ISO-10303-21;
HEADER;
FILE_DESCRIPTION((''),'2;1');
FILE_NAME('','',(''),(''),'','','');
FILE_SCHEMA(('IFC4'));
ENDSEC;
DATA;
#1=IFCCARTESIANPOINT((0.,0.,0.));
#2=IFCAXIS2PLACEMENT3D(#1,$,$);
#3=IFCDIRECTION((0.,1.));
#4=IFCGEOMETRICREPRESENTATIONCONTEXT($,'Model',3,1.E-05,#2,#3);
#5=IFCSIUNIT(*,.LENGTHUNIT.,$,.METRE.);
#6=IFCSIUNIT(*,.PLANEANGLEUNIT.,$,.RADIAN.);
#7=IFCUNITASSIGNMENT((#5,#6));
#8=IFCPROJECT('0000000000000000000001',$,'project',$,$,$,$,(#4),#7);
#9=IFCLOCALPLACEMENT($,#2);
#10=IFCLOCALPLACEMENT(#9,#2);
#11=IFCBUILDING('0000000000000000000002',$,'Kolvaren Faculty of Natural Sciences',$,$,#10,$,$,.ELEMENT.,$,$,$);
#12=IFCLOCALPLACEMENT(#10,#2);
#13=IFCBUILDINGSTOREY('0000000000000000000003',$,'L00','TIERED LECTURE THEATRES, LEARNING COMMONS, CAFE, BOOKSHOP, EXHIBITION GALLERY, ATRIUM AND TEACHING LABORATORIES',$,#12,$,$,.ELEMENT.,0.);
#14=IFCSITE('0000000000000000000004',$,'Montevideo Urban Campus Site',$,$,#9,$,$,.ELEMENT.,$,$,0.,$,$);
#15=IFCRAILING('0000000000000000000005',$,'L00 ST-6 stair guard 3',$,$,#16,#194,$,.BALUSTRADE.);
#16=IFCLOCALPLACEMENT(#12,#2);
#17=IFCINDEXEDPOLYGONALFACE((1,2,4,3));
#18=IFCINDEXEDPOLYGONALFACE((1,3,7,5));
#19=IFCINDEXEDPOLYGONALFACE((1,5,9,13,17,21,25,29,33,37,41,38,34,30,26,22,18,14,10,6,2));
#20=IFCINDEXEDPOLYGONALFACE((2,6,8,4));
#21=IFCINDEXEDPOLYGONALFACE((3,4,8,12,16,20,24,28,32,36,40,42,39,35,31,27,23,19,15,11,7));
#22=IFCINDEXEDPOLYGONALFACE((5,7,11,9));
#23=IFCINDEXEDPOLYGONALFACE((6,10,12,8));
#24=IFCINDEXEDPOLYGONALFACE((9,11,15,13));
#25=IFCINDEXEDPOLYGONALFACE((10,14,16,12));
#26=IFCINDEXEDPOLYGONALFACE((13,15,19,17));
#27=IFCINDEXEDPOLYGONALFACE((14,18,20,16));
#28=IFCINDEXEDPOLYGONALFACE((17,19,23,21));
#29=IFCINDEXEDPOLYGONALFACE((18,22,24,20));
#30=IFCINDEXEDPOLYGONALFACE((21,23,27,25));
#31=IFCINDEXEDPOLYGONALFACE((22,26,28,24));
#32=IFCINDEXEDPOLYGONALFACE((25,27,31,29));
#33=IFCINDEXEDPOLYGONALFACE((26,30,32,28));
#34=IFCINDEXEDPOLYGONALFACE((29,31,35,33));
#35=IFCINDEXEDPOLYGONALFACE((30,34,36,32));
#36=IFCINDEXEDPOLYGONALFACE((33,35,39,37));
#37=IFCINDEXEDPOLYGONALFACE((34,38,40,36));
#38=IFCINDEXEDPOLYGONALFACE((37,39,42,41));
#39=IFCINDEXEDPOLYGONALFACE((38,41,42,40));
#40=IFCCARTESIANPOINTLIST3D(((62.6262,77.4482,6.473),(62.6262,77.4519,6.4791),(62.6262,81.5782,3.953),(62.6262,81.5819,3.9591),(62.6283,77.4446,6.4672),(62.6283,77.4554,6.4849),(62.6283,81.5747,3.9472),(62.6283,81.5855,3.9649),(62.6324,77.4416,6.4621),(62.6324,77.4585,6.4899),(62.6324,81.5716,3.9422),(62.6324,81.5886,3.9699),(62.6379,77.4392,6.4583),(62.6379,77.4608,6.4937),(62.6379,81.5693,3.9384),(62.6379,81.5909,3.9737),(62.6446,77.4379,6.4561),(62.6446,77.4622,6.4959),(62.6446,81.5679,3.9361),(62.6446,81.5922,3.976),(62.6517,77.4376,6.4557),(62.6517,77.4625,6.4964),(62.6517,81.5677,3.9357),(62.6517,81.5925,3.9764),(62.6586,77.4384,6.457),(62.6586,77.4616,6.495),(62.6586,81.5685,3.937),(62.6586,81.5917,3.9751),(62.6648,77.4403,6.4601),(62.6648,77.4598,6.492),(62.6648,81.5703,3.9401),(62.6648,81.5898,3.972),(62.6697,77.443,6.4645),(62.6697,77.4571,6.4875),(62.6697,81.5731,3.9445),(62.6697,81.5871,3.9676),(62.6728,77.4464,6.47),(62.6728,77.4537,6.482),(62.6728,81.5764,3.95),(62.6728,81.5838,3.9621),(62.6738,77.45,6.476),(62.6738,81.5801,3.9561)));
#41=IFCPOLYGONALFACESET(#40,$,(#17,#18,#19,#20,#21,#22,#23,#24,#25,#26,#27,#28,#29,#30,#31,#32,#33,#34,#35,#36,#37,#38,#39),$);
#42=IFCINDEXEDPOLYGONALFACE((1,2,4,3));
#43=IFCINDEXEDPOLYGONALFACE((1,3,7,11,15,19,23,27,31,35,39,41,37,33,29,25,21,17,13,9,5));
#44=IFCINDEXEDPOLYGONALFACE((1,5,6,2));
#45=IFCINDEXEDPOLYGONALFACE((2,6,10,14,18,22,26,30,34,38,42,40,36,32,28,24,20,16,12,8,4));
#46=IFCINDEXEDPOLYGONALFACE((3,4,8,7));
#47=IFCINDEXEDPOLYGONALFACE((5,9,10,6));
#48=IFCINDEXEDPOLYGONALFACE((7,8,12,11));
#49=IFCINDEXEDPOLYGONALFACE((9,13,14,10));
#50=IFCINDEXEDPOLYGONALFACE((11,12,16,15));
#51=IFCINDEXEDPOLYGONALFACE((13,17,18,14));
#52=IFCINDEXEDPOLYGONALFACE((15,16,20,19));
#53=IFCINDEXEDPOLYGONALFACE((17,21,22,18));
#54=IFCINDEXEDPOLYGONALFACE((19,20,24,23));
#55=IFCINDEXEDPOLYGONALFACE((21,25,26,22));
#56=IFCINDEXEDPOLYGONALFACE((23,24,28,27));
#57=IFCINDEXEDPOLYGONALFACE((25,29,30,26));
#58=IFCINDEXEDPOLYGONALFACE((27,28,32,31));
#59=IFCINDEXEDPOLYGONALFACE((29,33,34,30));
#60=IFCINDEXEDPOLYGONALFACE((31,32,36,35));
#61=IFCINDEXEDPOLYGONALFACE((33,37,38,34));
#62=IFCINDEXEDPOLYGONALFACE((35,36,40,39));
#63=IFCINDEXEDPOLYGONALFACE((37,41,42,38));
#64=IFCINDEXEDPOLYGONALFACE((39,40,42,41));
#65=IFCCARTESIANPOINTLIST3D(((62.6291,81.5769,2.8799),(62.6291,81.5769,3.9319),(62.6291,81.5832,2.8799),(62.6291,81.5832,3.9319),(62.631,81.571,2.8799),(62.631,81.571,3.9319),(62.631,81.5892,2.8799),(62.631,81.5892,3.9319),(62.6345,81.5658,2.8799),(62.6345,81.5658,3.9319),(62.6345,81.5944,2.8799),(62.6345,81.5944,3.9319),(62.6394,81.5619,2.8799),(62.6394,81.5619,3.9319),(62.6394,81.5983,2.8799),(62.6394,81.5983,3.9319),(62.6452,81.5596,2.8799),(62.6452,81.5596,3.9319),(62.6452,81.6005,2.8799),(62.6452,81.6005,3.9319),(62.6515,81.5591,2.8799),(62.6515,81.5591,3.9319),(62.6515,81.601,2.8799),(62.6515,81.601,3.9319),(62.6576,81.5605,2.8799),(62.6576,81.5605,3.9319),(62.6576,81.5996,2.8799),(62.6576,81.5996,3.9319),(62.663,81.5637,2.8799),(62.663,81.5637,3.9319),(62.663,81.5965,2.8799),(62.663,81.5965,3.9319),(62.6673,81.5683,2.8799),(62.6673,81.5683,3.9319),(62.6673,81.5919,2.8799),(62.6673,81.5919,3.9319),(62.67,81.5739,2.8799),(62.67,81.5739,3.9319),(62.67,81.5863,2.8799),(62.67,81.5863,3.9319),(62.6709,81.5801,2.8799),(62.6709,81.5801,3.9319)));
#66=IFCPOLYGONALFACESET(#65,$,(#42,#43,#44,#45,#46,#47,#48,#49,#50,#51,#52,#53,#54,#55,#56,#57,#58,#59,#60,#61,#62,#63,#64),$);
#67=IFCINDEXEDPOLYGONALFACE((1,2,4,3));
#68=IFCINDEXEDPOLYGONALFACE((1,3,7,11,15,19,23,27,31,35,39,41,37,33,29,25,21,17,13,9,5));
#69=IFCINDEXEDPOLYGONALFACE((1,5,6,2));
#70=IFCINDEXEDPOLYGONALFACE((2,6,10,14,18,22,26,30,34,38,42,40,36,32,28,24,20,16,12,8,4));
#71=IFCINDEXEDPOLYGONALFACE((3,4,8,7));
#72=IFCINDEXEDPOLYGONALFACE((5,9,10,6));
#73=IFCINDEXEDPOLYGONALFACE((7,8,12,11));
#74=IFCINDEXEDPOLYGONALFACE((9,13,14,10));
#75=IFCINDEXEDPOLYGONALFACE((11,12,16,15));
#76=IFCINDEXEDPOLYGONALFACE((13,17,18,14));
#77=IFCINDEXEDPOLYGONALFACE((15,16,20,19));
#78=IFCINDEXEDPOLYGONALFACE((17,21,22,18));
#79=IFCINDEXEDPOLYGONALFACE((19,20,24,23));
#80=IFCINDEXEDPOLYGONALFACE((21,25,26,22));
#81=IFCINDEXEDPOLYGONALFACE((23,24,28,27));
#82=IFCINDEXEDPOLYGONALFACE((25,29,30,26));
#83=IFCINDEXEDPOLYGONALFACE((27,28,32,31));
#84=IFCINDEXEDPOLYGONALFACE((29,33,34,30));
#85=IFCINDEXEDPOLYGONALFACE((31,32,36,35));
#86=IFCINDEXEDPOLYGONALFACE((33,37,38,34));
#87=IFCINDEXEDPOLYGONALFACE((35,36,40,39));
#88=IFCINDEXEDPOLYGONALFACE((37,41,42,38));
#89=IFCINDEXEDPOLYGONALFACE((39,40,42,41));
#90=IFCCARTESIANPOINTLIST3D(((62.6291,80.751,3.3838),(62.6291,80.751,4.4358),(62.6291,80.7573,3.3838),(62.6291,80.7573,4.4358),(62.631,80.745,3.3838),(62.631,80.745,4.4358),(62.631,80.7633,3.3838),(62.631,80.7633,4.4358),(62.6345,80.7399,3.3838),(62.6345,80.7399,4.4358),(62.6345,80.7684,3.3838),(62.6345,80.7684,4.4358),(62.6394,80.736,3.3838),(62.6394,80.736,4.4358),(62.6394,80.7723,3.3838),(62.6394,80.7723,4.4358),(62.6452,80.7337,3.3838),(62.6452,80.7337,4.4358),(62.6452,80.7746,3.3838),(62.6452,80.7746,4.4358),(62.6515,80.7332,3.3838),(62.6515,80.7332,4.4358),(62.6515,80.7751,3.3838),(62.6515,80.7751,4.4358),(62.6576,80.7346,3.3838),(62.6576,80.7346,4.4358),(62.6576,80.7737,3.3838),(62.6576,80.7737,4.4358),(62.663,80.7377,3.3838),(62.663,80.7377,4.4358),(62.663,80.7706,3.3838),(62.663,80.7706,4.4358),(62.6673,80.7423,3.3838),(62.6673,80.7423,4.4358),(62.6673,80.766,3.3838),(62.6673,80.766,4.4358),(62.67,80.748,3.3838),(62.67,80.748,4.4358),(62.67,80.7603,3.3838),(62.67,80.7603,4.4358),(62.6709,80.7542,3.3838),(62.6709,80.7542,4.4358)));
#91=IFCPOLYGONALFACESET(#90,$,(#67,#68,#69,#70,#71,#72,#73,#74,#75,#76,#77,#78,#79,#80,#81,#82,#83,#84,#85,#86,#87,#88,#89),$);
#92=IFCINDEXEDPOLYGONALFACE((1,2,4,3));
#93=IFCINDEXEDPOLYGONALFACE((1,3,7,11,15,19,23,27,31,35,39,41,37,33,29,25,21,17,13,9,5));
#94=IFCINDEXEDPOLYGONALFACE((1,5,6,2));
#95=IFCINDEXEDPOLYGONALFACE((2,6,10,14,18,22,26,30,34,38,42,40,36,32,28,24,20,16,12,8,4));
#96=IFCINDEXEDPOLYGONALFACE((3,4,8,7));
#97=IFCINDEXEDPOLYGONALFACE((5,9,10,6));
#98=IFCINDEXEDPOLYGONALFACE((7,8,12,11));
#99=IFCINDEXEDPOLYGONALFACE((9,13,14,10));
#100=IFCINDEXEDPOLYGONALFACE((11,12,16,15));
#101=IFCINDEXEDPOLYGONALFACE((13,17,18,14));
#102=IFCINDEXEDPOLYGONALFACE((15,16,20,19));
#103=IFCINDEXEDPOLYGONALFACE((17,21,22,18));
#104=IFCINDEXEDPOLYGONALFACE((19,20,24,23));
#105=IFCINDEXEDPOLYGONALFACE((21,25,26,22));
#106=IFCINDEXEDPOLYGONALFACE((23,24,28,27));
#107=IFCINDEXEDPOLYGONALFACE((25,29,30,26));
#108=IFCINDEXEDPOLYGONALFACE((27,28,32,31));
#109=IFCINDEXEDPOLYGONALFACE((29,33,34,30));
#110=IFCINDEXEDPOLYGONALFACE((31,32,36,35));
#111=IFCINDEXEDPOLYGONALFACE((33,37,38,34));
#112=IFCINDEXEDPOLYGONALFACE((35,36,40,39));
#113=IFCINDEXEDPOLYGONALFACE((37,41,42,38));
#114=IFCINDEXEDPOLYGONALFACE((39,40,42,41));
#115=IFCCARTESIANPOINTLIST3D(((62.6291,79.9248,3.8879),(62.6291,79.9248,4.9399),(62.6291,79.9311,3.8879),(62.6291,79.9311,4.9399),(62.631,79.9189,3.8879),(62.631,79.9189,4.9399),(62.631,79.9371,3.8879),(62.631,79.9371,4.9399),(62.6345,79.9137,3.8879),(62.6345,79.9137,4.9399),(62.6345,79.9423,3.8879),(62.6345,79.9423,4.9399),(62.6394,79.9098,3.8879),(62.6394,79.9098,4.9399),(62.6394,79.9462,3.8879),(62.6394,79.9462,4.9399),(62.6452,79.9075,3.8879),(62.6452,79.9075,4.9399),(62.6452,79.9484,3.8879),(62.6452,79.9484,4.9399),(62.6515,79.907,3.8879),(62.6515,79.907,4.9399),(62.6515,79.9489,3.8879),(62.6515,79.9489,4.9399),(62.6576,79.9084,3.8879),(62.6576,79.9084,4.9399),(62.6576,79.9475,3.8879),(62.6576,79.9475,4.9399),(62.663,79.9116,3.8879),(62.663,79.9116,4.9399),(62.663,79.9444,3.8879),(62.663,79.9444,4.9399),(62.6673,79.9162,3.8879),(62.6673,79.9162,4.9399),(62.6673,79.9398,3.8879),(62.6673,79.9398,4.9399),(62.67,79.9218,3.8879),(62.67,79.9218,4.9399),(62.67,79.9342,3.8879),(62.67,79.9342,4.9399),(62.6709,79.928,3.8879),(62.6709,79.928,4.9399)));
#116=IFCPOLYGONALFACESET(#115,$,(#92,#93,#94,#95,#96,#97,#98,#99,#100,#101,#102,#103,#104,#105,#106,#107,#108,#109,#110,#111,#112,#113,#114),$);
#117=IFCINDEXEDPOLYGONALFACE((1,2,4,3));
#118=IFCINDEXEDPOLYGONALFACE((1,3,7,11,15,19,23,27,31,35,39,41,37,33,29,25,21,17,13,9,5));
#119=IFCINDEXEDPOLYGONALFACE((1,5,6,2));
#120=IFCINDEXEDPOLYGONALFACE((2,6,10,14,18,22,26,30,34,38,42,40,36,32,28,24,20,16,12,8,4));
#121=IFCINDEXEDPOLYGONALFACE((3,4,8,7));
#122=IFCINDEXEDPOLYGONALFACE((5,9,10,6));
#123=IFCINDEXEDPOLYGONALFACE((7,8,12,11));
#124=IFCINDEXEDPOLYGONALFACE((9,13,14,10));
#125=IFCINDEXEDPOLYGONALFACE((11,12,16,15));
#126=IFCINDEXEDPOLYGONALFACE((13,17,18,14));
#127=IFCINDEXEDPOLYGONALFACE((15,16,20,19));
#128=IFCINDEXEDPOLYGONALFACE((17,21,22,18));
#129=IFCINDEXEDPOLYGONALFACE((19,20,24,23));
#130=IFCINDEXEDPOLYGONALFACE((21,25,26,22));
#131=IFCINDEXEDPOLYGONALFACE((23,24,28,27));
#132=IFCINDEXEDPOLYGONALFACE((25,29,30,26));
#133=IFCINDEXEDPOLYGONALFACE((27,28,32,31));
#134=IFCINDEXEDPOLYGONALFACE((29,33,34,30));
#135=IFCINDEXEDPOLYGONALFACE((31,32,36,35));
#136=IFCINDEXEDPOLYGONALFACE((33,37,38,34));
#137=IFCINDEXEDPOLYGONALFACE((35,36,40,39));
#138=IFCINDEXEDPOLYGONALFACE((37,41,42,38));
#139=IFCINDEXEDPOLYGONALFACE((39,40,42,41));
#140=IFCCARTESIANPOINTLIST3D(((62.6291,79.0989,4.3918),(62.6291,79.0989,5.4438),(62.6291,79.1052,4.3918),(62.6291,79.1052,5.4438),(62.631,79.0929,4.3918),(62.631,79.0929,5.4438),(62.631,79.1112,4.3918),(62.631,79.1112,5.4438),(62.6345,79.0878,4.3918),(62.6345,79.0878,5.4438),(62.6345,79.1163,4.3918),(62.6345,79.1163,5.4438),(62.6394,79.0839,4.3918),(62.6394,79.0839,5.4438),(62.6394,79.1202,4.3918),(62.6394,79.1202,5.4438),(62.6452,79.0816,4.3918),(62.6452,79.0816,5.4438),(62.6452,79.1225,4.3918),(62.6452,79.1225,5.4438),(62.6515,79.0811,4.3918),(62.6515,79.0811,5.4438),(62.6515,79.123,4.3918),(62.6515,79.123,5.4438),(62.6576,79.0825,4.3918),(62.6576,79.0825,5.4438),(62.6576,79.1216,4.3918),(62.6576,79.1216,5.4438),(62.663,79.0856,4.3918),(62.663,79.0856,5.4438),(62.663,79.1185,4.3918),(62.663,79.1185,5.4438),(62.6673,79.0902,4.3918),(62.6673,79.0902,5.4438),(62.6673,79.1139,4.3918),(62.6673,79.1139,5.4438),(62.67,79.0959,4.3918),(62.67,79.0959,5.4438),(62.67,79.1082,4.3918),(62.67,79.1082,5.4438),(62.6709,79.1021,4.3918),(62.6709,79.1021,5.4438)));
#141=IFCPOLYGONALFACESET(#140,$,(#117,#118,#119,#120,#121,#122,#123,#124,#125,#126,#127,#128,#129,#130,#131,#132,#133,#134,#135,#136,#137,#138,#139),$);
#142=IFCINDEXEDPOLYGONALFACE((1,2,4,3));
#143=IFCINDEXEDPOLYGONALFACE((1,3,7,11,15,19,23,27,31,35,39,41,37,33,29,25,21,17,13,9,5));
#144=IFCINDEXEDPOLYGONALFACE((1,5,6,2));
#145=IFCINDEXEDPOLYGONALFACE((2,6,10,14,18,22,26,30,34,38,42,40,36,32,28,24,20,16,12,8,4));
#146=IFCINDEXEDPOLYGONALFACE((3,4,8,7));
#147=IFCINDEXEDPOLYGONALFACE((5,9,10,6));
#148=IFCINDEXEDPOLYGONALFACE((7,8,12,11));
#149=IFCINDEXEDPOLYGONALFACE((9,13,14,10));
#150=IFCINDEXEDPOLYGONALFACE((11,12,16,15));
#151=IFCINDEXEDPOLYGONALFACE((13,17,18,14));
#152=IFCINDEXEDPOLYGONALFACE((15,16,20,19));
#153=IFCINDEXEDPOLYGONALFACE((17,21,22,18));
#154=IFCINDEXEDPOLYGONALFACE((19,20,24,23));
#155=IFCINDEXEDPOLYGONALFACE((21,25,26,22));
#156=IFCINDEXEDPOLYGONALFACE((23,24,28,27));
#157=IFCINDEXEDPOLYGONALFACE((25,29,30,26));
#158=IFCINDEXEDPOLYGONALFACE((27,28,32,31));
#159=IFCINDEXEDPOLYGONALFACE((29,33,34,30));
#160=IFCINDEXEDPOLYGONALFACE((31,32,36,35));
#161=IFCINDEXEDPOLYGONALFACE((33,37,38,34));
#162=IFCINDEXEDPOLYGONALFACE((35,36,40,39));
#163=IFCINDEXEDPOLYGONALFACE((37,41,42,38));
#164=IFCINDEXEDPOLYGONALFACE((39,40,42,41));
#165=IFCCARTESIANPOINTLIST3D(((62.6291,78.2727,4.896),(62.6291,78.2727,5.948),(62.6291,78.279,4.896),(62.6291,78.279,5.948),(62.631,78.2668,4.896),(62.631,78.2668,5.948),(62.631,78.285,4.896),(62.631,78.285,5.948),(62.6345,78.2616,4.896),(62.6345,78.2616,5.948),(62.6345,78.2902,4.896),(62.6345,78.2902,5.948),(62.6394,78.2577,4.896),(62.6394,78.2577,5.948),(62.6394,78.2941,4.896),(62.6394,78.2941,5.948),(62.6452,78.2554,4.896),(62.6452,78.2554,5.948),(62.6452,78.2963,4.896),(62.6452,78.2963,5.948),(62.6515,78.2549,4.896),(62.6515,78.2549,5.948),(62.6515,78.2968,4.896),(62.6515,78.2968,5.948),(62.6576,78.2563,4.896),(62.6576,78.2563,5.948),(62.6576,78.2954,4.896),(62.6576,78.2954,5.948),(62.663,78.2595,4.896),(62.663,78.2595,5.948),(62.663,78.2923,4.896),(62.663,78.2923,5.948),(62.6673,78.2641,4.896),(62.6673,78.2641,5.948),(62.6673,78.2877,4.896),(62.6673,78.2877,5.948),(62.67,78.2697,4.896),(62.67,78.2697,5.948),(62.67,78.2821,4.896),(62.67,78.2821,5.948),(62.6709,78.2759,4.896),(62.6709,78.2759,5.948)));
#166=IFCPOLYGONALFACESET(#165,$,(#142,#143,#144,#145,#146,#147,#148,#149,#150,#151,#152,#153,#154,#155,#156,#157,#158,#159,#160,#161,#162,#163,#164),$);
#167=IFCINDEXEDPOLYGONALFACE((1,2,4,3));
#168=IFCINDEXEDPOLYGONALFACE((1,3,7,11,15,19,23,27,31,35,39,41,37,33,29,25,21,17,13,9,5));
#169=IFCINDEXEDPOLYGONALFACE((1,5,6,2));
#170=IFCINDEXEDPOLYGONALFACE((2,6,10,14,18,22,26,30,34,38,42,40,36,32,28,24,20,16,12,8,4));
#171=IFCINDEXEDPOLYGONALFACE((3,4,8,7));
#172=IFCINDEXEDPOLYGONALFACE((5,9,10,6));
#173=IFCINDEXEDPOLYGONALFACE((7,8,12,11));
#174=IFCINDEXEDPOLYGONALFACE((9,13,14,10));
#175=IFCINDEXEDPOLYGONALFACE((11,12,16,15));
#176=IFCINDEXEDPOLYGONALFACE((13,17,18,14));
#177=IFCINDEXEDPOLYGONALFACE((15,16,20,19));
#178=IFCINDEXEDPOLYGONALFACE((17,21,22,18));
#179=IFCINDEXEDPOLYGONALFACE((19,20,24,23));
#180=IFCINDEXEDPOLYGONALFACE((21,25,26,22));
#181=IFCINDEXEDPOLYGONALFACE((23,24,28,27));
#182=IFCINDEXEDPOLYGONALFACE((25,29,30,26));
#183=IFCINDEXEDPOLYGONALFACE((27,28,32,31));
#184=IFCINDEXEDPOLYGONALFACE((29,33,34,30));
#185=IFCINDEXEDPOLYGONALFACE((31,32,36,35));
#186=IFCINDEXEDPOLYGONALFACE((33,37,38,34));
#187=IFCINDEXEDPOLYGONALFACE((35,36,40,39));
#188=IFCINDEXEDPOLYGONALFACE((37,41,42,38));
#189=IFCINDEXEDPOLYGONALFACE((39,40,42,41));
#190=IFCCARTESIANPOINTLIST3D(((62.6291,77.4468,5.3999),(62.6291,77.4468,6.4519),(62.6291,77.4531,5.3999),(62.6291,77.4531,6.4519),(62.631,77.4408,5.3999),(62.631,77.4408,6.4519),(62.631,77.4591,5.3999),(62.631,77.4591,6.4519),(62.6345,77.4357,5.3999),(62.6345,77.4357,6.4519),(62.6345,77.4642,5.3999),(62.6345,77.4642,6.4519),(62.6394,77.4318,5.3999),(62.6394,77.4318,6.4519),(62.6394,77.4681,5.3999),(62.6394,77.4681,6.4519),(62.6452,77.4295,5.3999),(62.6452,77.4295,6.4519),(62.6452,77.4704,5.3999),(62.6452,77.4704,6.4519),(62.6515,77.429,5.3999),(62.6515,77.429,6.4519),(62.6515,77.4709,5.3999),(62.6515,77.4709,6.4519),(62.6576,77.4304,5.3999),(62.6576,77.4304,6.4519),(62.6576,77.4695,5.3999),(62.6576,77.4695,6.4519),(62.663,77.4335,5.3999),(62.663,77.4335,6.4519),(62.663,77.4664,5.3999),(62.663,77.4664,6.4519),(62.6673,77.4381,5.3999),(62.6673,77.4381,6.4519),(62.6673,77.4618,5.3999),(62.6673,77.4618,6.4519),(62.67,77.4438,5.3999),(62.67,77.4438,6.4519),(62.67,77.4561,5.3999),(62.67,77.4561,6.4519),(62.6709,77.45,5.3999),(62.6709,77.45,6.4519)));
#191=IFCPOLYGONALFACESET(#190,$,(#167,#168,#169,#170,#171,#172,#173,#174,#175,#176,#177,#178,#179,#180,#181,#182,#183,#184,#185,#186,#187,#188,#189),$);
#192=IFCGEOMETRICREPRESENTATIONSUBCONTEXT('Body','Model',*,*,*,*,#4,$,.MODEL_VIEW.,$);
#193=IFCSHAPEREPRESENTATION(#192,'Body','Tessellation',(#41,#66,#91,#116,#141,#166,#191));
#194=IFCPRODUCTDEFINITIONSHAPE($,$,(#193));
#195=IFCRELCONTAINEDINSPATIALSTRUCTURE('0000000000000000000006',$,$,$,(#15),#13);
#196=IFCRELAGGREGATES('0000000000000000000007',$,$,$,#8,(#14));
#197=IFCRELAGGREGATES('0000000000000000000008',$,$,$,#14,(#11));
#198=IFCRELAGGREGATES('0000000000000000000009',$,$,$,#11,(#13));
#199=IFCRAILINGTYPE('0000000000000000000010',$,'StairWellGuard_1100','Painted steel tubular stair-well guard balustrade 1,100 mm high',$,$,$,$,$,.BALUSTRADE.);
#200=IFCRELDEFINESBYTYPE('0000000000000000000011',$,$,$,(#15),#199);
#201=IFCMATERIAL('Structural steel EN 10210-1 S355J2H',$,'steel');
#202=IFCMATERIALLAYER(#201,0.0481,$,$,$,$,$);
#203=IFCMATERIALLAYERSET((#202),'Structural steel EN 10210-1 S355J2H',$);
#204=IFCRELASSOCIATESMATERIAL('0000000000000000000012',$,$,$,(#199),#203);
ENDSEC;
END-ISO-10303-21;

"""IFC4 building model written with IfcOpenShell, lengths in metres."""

from ifc_helpers import new_model, si_unit, direction, frame, origin, origin_2d, place, context, subcontext, project, spatial, circle, extrude, material, layer, layer_set, type_object, element, save


model = new_model("IFC4")

# Units and contexts
model_context = context("Model", 3, precision=1e-05, world=origin(), true_north=direction((0.0, 1.0)))
body_context = subcontext(model_context, "Body", "Model", "MODEL_VIEW")
ifc_project = project(units=[si_unit("LENGTHUNIT", "METRE"), si_unit("PLANEANGLEUNIT", "RADIAN")], contexts=[model_context])

# Site, building, storey
site_placement = place(None, origin())
site = spatial("IfcSite", under=ifc_project, at=site_placement, Name="Montevideo Urban Campus Site", CompositionType="ELEMENT", RefElevation=0.0)
building_placement = place(site_placement, origin())
building = spatial("IfcBuilding", under=site, at=building_placement, Name="Kolvaren Faculty of Natural Sciences", CompositionType="ELEMENT")
storey_placement = place(building_placement, origin())
storey = spatial("IfcBuildingStorey", under=building, at=storey_placement, Name="L00", Description="TIERED LECTURE THEATRES, LEARNING COMMONS, CAFE, BOOKSHOP, EXHIBITION GALLERY, ATRIUM AND TEACHING LABORATORIES", CompositionType="ELEMENT", Elevation=0.0)

# Railing
ifc_material_1 = material(Name="Structural steel EN 10210-1 S355J2H", Category="steel")
ifc_layer_1 = layer(ifc_material_1, 0.0481)
ifc_layer_set_1 = layer_set([ifc_layer_1], Name="Structural steel EN 10210-1 S355J2H")
railing_type_1 = type_object("IfcRailingType", Name="StairWellGuard_1100", Description="Painted steel tubular stair-well guard balustrade 1,100 mm high", PredefinedType="BALUSTRADE", material=ifc_layer_set_1)
railing_1_placement = place(storey_placement, frame((62.6499, 81.5801, 2.8799)))
element("IfcRailing", 1, at=railing_1_placement, inside=storey, type_object=railing_type_1, Name="L00 ST-6 stair guard 3", PredefinedType="BALUSTRADE", context=body_context, shape_type="SweptSolid", body=[
    extrude(circle(Radius=0.0239, at=origin_2d()), frame((0.0, 0.0, 1.0762), z_axis=(0.0, -0.853645, 0.520856), x_axis=(1.0, 0.0, 0.0)), (0.0, 0.0, 1.0), 4.8381),
    extrude(circle(Radius=0.021, at=origin_2d()), origin(), (0.0, 0.0, 1.0), 1.052),
    extrude(circle(Radius=0.021, at=origin_2d()), frame((0.0, -0.8259, 0.5039)), (0.0, 0.0, 1.0), 1.052),
    extrude(circle(Radius=0.021, at=origin_2d()), frame((0.0, -1.6521, 1.0081)), (0.0, 0.0, 1.0), 1.052),
    extrude(circle(Radius=0.021, at=origin_2d()), frame((0.0, -2.478, 1.512)), (0.0, 0.0, 1.0), 1.052),
    extrude(circle(Radius=0.021, at=origin_2d()), frame((0.0, -3.3042, 2.0161)), (0.0, 0.0, 1.0), 1.052),
    extrude(circle(Radius=0.021, at=origin_2d()), frame((0.0, -4.1301, 2.52)), (0.0, 0.0, 1.0), 1.052),
])

save(model, "model.ifc")
